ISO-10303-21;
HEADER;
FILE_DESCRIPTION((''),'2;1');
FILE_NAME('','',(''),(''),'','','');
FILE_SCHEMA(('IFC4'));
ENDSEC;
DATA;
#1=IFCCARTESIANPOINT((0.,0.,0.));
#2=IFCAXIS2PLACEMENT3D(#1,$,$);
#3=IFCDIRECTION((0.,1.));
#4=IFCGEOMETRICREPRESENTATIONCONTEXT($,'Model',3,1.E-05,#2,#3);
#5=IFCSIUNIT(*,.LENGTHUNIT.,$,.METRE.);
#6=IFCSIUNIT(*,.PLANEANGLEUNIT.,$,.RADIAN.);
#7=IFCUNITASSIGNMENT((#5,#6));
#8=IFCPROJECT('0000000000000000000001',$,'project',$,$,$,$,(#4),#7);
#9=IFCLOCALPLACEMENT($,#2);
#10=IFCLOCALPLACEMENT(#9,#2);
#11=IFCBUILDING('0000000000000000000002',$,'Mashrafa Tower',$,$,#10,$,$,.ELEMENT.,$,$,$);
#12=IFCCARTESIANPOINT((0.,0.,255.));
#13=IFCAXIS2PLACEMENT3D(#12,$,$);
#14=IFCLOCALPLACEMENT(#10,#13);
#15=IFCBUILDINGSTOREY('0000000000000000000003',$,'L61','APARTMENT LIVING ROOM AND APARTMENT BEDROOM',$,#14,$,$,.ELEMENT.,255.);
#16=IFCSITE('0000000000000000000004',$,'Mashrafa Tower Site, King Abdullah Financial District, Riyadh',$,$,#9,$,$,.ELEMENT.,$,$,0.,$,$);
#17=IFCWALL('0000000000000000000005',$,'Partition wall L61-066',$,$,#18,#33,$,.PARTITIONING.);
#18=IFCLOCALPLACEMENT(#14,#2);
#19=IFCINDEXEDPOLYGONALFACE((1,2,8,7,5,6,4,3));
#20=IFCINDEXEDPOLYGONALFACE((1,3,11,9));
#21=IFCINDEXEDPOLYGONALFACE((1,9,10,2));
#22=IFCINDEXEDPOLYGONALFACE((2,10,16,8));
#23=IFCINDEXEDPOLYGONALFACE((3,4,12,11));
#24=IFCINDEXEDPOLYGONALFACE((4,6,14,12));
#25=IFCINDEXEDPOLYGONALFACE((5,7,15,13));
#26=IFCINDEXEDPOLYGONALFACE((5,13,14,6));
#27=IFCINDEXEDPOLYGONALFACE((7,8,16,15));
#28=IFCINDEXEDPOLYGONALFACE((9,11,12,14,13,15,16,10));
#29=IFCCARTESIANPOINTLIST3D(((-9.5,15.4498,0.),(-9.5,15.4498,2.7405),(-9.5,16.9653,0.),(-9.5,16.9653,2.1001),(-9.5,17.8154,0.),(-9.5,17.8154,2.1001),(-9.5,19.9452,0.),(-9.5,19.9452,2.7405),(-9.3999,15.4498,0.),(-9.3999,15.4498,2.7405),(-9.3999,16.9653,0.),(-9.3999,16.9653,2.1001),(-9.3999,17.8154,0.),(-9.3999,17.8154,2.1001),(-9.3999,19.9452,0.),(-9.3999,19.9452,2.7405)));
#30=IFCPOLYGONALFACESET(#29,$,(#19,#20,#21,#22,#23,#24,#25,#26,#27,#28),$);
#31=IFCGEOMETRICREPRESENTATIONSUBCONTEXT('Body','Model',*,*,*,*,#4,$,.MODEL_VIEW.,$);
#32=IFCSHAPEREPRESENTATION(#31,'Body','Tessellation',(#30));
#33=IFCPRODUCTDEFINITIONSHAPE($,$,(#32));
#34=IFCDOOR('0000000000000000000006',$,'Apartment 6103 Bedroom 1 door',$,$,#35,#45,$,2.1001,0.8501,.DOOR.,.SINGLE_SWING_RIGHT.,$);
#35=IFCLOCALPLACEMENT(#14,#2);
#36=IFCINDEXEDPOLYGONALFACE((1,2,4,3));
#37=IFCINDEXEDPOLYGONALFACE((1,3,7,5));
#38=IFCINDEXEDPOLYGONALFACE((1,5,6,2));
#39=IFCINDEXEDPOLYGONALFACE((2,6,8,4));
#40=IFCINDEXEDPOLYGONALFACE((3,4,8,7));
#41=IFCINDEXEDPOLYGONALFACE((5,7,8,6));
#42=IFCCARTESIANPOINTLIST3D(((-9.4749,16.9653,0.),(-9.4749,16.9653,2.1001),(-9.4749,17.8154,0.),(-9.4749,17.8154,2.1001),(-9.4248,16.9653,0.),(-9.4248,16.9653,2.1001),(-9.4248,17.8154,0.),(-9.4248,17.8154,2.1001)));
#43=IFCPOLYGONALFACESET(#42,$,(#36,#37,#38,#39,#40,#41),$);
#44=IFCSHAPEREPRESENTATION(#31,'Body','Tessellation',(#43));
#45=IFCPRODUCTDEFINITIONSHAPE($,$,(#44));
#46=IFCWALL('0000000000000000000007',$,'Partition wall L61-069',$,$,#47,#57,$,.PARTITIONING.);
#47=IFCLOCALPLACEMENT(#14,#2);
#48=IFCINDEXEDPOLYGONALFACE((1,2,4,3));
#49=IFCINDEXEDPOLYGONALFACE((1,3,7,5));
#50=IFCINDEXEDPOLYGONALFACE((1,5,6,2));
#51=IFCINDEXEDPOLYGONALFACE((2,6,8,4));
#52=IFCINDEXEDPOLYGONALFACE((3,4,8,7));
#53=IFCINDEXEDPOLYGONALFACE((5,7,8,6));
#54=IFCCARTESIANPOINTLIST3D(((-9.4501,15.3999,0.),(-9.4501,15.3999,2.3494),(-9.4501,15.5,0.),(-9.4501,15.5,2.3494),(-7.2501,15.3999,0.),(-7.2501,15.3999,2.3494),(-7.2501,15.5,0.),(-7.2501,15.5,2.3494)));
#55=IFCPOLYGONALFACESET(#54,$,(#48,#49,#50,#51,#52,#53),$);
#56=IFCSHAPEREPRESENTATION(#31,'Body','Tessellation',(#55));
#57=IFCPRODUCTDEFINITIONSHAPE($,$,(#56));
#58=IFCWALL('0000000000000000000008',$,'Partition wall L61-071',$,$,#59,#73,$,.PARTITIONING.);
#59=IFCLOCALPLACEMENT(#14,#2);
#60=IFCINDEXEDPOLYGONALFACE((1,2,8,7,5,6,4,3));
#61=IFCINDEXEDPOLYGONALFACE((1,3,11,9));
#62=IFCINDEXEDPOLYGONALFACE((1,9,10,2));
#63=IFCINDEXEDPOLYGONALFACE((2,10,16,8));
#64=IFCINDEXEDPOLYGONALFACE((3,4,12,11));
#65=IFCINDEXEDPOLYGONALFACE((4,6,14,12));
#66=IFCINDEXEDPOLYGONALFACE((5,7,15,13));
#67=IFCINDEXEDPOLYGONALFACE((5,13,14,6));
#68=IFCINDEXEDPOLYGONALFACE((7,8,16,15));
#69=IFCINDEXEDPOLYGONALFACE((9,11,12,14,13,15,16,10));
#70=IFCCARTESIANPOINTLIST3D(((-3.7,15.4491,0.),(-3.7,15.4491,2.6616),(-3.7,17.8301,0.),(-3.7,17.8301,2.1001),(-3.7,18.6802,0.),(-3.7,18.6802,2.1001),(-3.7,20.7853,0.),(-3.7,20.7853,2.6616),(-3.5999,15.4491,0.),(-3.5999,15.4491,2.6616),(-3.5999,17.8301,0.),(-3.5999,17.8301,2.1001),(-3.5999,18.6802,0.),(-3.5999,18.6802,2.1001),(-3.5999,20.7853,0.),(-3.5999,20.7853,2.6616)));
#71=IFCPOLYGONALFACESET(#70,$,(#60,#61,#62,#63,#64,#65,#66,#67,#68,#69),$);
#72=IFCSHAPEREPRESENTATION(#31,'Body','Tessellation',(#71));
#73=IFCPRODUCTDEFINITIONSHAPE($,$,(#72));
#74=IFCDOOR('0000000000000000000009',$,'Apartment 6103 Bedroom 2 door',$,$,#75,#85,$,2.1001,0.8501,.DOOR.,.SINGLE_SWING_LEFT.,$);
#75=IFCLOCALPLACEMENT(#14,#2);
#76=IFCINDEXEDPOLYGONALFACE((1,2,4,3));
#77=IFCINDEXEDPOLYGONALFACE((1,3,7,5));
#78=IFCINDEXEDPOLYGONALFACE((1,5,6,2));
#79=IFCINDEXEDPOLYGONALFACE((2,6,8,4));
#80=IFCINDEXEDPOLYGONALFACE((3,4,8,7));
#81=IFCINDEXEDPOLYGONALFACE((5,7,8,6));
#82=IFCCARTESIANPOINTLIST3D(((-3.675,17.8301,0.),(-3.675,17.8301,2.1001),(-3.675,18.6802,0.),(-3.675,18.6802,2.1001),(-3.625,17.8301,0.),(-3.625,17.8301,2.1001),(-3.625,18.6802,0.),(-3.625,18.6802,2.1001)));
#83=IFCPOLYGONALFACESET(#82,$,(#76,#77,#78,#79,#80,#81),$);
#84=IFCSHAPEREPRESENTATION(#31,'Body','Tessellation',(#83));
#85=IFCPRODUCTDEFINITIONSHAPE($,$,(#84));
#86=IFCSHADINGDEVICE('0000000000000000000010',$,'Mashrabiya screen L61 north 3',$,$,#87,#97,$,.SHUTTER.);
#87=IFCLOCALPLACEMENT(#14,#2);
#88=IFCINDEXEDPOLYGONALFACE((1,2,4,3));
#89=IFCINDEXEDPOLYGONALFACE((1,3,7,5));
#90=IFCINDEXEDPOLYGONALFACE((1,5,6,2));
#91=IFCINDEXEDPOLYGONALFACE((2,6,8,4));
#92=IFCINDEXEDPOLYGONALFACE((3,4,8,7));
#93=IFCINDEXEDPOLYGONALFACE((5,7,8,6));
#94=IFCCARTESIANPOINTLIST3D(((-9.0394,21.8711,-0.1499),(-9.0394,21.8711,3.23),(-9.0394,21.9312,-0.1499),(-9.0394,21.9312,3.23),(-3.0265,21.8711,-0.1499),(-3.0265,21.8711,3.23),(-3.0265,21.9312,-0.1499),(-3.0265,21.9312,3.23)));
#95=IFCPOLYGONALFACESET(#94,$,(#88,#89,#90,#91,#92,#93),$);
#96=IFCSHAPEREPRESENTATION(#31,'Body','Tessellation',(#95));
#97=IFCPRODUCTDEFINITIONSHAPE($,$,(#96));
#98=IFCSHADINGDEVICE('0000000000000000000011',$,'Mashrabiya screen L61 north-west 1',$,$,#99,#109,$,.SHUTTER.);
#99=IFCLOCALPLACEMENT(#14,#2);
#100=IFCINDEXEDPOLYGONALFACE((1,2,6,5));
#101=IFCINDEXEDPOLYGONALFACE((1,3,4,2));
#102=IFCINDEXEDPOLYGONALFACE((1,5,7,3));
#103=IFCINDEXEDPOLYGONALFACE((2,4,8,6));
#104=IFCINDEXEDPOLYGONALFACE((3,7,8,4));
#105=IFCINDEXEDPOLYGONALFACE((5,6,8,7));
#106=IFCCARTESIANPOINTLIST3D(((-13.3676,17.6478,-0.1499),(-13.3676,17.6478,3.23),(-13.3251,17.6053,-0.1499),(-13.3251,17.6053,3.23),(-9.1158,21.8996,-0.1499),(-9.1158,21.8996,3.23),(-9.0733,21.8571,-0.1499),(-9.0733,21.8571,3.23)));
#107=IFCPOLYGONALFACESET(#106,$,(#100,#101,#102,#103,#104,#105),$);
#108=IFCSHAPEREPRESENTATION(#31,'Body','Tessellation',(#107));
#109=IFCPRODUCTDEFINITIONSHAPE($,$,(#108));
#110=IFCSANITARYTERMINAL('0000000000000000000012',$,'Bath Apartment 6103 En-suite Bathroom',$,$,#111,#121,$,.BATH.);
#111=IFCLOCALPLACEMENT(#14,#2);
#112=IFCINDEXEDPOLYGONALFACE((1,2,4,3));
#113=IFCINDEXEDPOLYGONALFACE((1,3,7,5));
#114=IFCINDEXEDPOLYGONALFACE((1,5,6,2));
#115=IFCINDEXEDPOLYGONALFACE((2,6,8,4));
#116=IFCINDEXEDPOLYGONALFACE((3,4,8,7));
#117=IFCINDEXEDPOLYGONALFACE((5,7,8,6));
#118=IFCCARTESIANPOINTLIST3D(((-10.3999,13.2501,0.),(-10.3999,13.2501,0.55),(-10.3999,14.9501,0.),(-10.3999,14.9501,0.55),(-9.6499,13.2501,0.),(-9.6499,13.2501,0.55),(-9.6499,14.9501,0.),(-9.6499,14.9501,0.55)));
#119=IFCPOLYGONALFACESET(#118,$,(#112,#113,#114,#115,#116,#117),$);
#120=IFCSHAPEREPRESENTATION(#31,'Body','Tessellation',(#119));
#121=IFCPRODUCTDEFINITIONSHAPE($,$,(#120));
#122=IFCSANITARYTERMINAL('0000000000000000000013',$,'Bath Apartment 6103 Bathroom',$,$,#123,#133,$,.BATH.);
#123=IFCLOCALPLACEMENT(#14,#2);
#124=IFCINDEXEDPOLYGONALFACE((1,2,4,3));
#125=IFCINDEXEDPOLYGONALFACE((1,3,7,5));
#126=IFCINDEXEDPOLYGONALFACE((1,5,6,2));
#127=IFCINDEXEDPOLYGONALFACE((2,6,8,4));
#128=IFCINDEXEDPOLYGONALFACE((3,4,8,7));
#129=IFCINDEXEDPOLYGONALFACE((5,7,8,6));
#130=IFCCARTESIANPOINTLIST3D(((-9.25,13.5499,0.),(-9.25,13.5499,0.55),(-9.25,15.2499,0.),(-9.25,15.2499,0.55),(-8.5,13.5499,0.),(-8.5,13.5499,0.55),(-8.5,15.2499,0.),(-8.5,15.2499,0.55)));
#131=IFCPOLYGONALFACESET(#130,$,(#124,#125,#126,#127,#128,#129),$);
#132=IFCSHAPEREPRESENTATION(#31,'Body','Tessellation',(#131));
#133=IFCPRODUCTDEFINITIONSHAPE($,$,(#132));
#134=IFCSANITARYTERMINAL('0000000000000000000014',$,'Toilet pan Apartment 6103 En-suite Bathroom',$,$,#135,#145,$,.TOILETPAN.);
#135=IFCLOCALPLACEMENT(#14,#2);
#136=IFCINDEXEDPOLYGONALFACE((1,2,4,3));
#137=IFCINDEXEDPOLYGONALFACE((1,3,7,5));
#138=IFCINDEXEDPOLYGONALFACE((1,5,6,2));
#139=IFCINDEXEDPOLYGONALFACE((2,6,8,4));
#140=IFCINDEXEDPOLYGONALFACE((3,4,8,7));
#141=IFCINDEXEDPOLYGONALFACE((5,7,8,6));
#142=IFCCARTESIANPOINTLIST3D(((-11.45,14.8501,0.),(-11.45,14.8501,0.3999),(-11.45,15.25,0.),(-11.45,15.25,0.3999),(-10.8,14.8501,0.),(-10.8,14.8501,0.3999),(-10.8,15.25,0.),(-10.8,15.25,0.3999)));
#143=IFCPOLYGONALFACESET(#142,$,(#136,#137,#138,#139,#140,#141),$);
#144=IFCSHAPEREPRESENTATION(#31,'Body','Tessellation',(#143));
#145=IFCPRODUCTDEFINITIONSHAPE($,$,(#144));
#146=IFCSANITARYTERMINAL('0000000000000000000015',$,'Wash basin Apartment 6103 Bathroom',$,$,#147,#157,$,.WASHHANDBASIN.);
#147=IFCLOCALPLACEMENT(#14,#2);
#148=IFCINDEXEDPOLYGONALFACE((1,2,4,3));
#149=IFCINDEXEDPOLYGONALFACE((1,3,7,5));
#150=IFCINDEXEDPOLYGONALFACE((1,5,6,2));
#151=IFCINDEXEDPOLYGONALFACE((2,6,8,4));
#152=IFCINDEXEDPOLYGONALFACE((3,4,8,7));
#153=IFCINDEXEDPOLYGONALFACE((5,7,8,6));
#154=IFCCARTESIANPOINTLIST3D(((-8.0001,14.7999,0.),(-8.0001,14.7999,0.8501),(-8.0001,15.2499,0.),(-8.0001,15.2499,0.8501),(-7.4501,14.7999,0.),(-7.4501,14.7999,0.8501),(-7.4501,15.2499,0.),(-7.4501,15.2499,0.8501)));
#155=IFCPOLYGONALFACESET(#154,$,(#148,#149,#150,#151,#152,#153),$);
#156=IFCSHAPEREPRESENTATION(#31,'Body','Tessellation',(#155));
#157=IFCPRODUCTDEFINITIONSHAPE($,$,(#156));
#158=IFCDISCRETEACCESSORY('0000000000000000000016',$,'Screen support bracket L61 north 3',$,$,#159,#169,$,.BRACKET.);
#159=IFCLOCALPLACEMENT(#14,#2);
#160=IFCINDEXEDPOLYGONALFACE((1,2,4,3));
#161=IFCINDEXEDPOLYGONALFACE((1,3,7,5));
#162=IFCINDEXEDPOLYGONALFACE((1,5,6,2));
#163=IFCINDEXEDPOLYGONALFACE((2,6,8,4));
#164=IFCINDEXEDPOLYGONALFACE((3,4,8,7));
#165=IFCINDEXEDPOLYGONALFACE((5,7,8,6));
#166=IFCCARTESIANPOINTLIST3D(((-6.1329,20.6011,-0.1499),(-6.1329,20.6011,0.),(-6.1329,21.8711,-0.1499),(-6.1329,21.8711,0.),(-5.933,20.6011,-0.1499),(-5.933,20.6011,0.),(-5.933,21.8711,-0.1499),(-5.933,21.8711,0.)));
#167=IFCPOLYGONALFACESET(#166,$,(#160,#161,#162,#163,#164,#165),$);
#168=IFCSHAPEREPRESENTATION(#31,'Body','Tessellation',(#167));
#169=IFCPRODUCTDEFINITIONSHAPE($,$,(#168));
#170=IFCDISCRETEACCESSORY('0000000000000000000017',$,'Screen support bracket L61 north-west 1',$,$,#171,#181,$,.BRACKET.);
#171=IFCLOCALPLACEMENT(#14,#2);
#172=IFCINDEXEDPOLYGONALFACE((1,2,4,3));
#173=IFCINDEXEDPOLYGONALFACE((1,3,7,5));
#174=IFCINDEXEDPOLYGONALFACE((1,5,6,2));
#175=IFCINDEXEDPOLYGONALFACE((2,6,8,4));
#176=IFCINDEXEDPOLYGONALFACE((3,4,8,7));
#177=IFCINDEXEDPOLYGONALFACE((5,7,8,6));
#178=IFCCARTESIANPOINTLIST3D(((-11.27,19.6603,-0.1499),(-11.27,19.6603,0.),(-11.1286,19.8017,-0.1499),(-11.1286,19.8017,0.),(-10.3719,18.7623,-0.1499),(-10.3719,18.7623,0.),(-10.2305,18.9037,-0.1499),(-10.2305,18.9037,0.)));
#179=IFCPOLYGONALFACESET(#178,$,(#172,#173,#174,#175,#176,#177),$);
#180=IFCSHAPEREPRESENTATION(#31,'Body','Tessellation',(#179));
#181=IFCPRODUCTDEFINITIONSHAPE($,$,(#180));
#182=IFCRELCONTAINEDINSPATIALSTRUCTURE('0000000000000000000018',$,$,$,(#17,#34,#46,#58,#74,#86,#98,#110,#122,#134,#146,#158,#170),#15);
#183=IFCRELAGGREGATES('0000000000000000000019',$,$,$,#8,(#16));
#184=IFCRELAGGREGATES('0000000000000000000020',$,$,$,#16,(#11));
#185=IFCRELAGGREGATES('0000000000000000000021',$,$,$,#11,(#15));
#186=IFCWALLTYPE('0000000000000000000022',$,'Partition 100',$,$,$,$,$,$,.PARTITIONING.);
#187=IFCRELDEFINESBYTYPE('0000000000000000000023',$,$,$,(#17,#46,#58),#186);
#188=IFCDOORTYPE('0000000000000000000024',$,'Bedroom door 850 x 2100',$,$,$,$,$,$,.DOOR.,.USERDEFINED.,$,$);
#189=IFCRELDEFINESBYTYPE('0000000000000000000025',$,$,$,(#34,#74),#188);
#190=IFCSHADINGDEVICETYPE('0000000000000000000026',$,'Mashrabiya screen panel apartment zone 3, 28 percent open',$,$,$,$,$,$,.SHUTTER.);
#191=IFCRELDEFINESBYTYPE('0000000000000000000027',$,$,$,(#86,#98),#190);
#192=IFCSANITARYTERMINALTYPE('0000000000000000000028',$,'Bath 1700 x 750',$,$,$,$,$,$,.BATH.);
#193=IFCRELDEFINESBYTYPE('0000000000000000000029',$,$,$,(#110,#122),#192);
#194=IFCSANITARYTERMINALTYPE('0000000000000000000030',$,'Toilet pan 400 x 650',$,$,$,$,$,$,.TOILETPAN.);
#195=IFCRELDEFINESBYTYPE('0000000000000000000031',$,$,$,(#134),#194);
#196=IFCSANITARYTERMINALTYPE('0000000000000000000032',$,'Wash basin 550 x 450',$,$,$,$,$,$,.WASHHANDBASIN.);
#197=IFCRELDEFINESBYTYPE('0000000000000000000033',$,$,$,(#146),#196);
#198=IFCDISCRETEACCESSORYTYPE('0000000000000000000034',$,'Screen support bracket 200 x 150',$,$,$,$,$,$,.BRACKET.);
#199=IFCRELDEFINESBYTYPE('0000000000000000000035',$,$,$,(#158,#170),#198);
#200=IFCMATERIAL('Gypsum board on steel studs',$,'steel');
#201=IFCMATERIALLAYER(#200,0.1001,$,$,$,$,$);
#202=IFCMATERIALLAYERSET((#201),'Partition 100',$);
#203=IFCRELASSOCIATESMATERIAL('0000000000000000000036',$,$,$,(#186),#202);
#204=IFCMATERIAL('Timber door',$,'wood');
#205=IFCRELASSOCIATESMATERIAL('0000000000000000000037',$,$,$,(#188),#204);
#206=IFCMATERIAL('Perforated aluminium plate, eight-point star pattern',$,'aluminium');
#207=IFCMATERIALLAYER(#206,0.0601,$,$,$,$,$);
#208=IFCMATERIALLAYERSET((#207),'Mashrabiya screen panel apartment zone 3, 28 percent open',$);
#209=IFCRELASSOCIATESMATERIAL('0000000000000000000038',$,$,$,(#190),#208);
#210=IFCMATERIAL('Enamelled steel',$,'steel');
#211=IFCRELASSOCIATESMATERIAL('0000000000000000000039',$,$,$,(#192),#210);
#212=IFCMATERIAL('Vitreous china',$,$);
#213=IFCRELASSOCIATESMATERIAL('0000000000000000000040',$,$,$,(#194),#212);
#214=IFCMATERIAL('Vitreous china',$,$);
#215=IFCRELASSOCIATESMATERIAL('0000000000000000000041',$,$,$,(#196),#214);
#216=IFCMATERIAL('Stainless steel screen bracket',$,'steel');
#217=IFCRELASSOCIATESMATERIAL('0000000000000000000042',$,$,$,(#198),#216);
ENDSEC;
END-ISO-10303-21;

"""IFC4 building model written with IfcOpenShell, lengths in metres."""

from ifc_helpers import new_model, si_unit, direction, frame, frame_2d, origin, origin_2d, place, context, subcontext, project, spatial, rectangle, extrude, source, transform, mapped, material, layer, layer_set, type_object, type_shapes, element, fill, save


model = new_model("IFC4")

# Units and contexts
model_context = context("Model", 3, precision=1e-05, world=origin(), true_north=direction((0.0, 1.0)))
body_context = subcontext(model_context, "Body", "Model", "MODEL_VIEW")
ifc_project = project(units=[si_unit("LENGTHUNIT", "METRE"), si_unit("PLANEANGLEUNIT", "RADIAN")], contexts=[model_context])

# Site, building, storey
site_placement = place(None, origin())
site = spatial("IfcSite", under=ifc_project, at=site_placement, Name="Mashrafa Tower Site, King Abdullah Financial District, Riyadh", CompositionType="ELEMENT", RefElevation=0.0)
building_placement = place(site_placement, origin())
building = spatial("IfcBuilding", under=site, at=building_placement, Name="Mashrafa Tower", CompositionType="ELEMENT")
storey_placement = place(building_placement, frame((0.0, 0.0, 255.0)))
storey = spatial("IfcBuildingStorey", under=building, at=storey_placement, Name="L61", Description="APARTMENT LIVING ROOM AND APARTMENT BEDROOM", CompositionType="ELEMENT", Elevation=255.0)

# Shared definitions
ifc_material_1 = material(Name="Gypsum board on steel studs", Category="steel")
ifc_layer_1 = layer(ifc_material_1, 0.1001)
ifc_layer_set_1 = layer_set([ifc_layer_1], Name="Partition 100")
wall_type = type_object("IfcWallType", Name="Partition 100", PredefinedType="PARTITIONING", material=ifc_layer_set_1)

# Wall, opening, door
wall_1_placement = place(storey_placement, frame((-9.45, 15.45, 0.0), z_axis=(0.0, 0.0, 1.0), x_axis=(0.0, 1.0, 0.0)))
wall_1 = element("IfcWall", 1, at=wall_1_placement, inside=storey, type_object=wall_type, Name="Partition wall L61-066", PredefinedType="PARTITIONING", context=body_context, shape_type="SweptSolid", body=[
    extrude(rectangle(XDim=4.4954, YDim=0.1001, at=frame_2d((2.2476, 0.0))), origin(), (0.0, 0.0, 1.0), 2.7405),
])
opening_1_placement = place(wall_1_placement, frame((1.5154, 0.0, 0.0)))
opening_1 = element("IfcOpeningElement", 2, at=opening_1_placement, cuts=wall_1, PredefinedType="OPENING", context=body_context, shape_type="SweptSolid", body=[
    extrude(rectangle(XDim=0.8501, YDim=2.1001, at=frame_2d((0.425, 1.05))), frame((0.0, 0.0601, 0.0), z_axis=(0.0, -1.0, 0.0), x_axis=(1.0, 0.0, 0.0)), (0.0, 0.0, 1.0), 0.1201),
])
ifc_material_2 = material(Name="Timber door", Category="wood")
door_type = type_object("IfcDoorType", Name="Bedroom door 850 x 2100", OperationType="USERDEFINED", PredefinedType="DOOR", material=ifc_material_2)
door_1_placement = place(opening_1_placement, origin())
door_1 = element("IfcDoor", 3, at=door_1_placement, inside=storey, type_object=door_type, Name="Apartment 6103 Bedroom 1 door", OperationType="SINGLE_SWING_RIGHT", OverallHeight=2.1001, OverallWidth=0.8501, PredefinedType="DOOR", context=body_context, shape_type="SweptSolid", body=[
    extrude(rectangle(XDim=0.8501, YDim=2.1001, at=frame_2d((0.425, 1.05))), frame((0.0, 0.0249, 0.0), z_axis=(0.0, -1.0, 0.0), x_axis=(1.0, 0.0, 0.0)), (0.0, 0.0, 1.0), 0.05),
])
fill(opening_1, door_1)

# Wall
wall_2_placement = place(storey_placement, frame((-7.25, 15.45, 0.0), z_axis=(0.0, 0.0, 1.0), x_axis=(-1.0, 0.0, 0.0)))
element("IfcWall", 4, at=wall_2_placement, inside=storey, type_object=wall_type, Name="Partition wall L61-069", PredefinedType="PARTITIONING", context=body_context, shape_type="SweptSolid", body=[
    extrude(rectangle(XDim=2.2, YDim=0.1001, at=frame_2d((1.1001, 0.0))), origin(), (0.0, 0.0, 1.0), 2.3494),
])

# Wall, opening, door
wall_3_placement = place(storey_placement, frame((-3.6499, 20.7852, 0.0), z_axis=(0.0, 0.0, 1.0), x_axis=(0.0, -1.0, 0.0)))
wall_3 = element("IfcWall", 5, at=wall_3_placement, inside=storey, type_object=wall_type, Name="Partition wall L61-071", PredefinedType="PARTITIONING", context=body_context, shape_type="SweptSolid", body=[
    extrude(rectangle(XDim=5.3362, YDim=0.1001, at=frame_2d((2.668, 0.0))), origin(), (0.0, 0.0, 1.0), 2.6616),
])
opening_2_placement = place(wall_3_placement, frame((2.105, 0.0, 0.0)))
opening_2 = element("IfcOpeningElement", 6, at=opening_2_placement, cuts=wall_3, PredefinedType="OPENING", context=body_context, shape_type="SweptSolid", body=[
    extrude(rectangle(XDim=0.8501, YDim=2.1001, at=frame_2d((0.425, 1.05))), frame((0.0, 0.0601, 0.0), z_axis=(0.0, -1.0, 0.0), x_axis=(1.0, 0.0, 0.0)), (0.0, 0.0, 1.0), 0.1201),
])
door_2_placement = place(opening_2_placement, origin())
door_2 = element("IfcDoor", 7, at=door_2_placement, inside=storey, type_object=door_type, Name="Apartment 6103 Bedroom 2 door", OperationType="SINGLE_SWING_LEFT", OverallHeight=2.1001, OverallWidth=0.8501, PredefinedType="DOOR", context=body_context, shape_type="SweptSolid", body=[
    extrude(rectangle(XDim=0.8501, YDim=2.1001, at=frame_2d((0.425, 1.05))), frame((0.0, 0.0249, 0.0), z_axis=(0.0, -1.0, 0.0), x_axis=(1.0, 0.0, 0.0)), (0.0, 0.0, 1.0), 0.05),
])
fill(opening_2, door_2)

# Shading devices
ifc_material_3 = material(Name="Perforated aluminium plate, eight-point star pattern", Category="aluminium")
ifc_layer_2 = layer(ifc_material_3, 0.0601)
ifc_layer_set_2 = layer_set([ifc_layer_2], Name="Mashrabiya screen panel apartment zone 3, 28 percent open")
shading_device_type = type_object("IfcShadingDeviceType", Name="Mashrabiya screen panel apartment zone 3, 28 percent open", PredefinedType="SHUTTER", material=ifc_layer_set_2)
shared_shape_1 = source(origin(), body_context, "Body", "SweptSolid", [
    extrude(rectangle(XDim=6.0129, YDim=0.0601, at=origin_2d()), origin(), (0.0, 0.0, 1.0), 3.3799),
])
type_shapes(shading_device_type, [shared_shape_1])
for number, where, z_axis, x_axis, name in (
    (8, (-6.033, 21.9011, -0.1499), (0.0, 0.0, 1.0), (-1.0, 0.0, 0.0), "Mashrabiya screen L61 north 3"),
    (9, (-11.2205, 19.7524, -0.1499), (0.0, 0.0, 1.0), (-0.707107, -0.707107, 0.0), "Mashrabiya screen L61 north-west 1"),
):
    element("IfcShadingDevice", number, at=place(storey_placement, frame(where, z_axis=z_axis, x_axis=x_axis)), inside=storey, type_object=shading_device_type, Name=name, PredefinedType="SHUTTER", context=body_context, shape_type="MappedRepresentation", body=[
        mapped(shared_shape_1, transform((0.0, 0.0, 0.0))),
    ])

# Sanitary terminals
ifc_material_4 = material(Name="Enamelled steel", Category="steel")
sanitary_terminal_type_1 = type_object("IfcSanitaryTerminalType", Name="Bath 1700 x 750", PredefinedType="BATH", material=ifc_material_4)
for number, where, z_axis, x_axis, name in (
    (10, (-10.0249, 14.1001, 0.0), (0.0, 0.0, 1.0), (0.0, 1.0, 0.0), "Bath Apartment 6103 En-suite Bathroom"),
    (11, (-8.875, 14.3999, 0.0), (0.0, 0.0, 1.0), (0.0, -1.0, 0.0), "Bath Apartment 6103 Bathroom"),
):
    element("IfcSanitaryTerminal", number, at=place(storey_placement, frame(where, z_axis=z_axis, x_axis=x_axis)), inside=storey, type_object=sanitary_terminal_type_1, Name=name, PredefinedType="BATH", context=body_context, shape_type="SweptSolid", body=[
        extrude(rectangle(XDim=1.7, YDim=0.75, at=origin_2d()), origin(), (0.0, 0.0, 1.0), 0.55),
    ])
ifc_material_5 = material(Name="Vitreous china")
sanitary_terminal_type_2 = type_object("IfcSanitaryTerminalType", Name="Toilet pan 400 x 650", PredefinedType="TOILETPAN", material=ifc_material_5)
sanitary_terminal_1_placement = place(storey_placement, frame((-11.125, 15.05, 0.0), z_axis=(0.0, 0.0, 1.0), x_axis=(0.0, -1.0, 0.0)))
element("IfcSanitaryTerminal", 12, at=sanitary_terminal_1_placement, inside=storey, type_object=sanitary_terminal_type_2, Name="Toilet pan Apartment 6103 En-suite Bathroom", PredefinedType="TOILETPAN", context=body_context, shape_type="SweptSolid", body=[
    extrude(rectangle(XDim=0.3999, YDim=0.6499, at=origin_2d()), origin(), (0.0, 0.0, 1.0), 0.3999),
])
ifc_material_6 = material(Name="Vitreous china")
sanitary_terminal_type_3 = type_object("IfcSanitaryTerminalType", Name="Wash basin 550 x 450", PredefinedType="WASHHANDBASIN", material=ifc_material_6)
sanitary_terminal_2_placement = place(storey_placement, frame((-7.7251, 15.0249, 0.0), z_axis=(0.0, 0.0, 1.0), x_axis=(-1.0, 0.0, 0.0)))
element("IfcSanitaryTerminal", 13, at=sanitary_terminal_2_placement, inside=storey, type_object=sanitary_terminal_type_3, Name="Wash basin Apartment 6103 Bathroom", PredefinedType="WASHHANDBASIN", context=body_context, shape_type="SweptSolid", body=[
    extrude(rectangle(XDim=0.55, YDim=0.45, at=origin_2d()), origin(), (0.0, 0.0, 1.0), 0.8501),
])

# Discrete accessories
ifc_material_7 = material(Name="Stainless steel screen bracket", Category="steel")
discrete_accessory_type = type_object("IfcDiscreteAccessoryType", Name="Screen support bracket 200 x 150", PredefinedType="BRACKET", material=ifc_material_7)
shared_shape_2 = source(origin(), body_context, "Body", "SweptSolid", [
    extrude(rectangle(XDim=0.2, YDim=1.27, at=origin_2d()), origin(), (0.0, 0.0, 1.0), 0.1499),
])
type_shapes(discrete_accessory_type, [shared_shape_2])
for number, where, z_axis, x_axis, name in (
    (14, (-6.033, 21.2361, -0.1499), (0.0, 0.0, 1.0), (-1.0, 0.0, 0.0), "Screen support bracket L61 north 3"),
    (15, (-10.7502, 19.282, -0.1499), (0.0, 0.0, 1.0), (-0.707107, -0.707107, 0.0), "Screen support bracket L61 north-west 1"),
):
    element("IfcDiscreteAccessory", number, at=place(storey_placement, frame(where, z_axis=z_axis, x_axis=x_axis)), inside=storey, type_object=discrete_accessory_type, Name=name, PredefinedType="BRACKET", context=body_context, shape_type="MappedRepresentation", body=[
        mapped(shared_shape_2, transform((0.0, 0.0, 0.0))),
    ])

save(model, "model.ifc")
